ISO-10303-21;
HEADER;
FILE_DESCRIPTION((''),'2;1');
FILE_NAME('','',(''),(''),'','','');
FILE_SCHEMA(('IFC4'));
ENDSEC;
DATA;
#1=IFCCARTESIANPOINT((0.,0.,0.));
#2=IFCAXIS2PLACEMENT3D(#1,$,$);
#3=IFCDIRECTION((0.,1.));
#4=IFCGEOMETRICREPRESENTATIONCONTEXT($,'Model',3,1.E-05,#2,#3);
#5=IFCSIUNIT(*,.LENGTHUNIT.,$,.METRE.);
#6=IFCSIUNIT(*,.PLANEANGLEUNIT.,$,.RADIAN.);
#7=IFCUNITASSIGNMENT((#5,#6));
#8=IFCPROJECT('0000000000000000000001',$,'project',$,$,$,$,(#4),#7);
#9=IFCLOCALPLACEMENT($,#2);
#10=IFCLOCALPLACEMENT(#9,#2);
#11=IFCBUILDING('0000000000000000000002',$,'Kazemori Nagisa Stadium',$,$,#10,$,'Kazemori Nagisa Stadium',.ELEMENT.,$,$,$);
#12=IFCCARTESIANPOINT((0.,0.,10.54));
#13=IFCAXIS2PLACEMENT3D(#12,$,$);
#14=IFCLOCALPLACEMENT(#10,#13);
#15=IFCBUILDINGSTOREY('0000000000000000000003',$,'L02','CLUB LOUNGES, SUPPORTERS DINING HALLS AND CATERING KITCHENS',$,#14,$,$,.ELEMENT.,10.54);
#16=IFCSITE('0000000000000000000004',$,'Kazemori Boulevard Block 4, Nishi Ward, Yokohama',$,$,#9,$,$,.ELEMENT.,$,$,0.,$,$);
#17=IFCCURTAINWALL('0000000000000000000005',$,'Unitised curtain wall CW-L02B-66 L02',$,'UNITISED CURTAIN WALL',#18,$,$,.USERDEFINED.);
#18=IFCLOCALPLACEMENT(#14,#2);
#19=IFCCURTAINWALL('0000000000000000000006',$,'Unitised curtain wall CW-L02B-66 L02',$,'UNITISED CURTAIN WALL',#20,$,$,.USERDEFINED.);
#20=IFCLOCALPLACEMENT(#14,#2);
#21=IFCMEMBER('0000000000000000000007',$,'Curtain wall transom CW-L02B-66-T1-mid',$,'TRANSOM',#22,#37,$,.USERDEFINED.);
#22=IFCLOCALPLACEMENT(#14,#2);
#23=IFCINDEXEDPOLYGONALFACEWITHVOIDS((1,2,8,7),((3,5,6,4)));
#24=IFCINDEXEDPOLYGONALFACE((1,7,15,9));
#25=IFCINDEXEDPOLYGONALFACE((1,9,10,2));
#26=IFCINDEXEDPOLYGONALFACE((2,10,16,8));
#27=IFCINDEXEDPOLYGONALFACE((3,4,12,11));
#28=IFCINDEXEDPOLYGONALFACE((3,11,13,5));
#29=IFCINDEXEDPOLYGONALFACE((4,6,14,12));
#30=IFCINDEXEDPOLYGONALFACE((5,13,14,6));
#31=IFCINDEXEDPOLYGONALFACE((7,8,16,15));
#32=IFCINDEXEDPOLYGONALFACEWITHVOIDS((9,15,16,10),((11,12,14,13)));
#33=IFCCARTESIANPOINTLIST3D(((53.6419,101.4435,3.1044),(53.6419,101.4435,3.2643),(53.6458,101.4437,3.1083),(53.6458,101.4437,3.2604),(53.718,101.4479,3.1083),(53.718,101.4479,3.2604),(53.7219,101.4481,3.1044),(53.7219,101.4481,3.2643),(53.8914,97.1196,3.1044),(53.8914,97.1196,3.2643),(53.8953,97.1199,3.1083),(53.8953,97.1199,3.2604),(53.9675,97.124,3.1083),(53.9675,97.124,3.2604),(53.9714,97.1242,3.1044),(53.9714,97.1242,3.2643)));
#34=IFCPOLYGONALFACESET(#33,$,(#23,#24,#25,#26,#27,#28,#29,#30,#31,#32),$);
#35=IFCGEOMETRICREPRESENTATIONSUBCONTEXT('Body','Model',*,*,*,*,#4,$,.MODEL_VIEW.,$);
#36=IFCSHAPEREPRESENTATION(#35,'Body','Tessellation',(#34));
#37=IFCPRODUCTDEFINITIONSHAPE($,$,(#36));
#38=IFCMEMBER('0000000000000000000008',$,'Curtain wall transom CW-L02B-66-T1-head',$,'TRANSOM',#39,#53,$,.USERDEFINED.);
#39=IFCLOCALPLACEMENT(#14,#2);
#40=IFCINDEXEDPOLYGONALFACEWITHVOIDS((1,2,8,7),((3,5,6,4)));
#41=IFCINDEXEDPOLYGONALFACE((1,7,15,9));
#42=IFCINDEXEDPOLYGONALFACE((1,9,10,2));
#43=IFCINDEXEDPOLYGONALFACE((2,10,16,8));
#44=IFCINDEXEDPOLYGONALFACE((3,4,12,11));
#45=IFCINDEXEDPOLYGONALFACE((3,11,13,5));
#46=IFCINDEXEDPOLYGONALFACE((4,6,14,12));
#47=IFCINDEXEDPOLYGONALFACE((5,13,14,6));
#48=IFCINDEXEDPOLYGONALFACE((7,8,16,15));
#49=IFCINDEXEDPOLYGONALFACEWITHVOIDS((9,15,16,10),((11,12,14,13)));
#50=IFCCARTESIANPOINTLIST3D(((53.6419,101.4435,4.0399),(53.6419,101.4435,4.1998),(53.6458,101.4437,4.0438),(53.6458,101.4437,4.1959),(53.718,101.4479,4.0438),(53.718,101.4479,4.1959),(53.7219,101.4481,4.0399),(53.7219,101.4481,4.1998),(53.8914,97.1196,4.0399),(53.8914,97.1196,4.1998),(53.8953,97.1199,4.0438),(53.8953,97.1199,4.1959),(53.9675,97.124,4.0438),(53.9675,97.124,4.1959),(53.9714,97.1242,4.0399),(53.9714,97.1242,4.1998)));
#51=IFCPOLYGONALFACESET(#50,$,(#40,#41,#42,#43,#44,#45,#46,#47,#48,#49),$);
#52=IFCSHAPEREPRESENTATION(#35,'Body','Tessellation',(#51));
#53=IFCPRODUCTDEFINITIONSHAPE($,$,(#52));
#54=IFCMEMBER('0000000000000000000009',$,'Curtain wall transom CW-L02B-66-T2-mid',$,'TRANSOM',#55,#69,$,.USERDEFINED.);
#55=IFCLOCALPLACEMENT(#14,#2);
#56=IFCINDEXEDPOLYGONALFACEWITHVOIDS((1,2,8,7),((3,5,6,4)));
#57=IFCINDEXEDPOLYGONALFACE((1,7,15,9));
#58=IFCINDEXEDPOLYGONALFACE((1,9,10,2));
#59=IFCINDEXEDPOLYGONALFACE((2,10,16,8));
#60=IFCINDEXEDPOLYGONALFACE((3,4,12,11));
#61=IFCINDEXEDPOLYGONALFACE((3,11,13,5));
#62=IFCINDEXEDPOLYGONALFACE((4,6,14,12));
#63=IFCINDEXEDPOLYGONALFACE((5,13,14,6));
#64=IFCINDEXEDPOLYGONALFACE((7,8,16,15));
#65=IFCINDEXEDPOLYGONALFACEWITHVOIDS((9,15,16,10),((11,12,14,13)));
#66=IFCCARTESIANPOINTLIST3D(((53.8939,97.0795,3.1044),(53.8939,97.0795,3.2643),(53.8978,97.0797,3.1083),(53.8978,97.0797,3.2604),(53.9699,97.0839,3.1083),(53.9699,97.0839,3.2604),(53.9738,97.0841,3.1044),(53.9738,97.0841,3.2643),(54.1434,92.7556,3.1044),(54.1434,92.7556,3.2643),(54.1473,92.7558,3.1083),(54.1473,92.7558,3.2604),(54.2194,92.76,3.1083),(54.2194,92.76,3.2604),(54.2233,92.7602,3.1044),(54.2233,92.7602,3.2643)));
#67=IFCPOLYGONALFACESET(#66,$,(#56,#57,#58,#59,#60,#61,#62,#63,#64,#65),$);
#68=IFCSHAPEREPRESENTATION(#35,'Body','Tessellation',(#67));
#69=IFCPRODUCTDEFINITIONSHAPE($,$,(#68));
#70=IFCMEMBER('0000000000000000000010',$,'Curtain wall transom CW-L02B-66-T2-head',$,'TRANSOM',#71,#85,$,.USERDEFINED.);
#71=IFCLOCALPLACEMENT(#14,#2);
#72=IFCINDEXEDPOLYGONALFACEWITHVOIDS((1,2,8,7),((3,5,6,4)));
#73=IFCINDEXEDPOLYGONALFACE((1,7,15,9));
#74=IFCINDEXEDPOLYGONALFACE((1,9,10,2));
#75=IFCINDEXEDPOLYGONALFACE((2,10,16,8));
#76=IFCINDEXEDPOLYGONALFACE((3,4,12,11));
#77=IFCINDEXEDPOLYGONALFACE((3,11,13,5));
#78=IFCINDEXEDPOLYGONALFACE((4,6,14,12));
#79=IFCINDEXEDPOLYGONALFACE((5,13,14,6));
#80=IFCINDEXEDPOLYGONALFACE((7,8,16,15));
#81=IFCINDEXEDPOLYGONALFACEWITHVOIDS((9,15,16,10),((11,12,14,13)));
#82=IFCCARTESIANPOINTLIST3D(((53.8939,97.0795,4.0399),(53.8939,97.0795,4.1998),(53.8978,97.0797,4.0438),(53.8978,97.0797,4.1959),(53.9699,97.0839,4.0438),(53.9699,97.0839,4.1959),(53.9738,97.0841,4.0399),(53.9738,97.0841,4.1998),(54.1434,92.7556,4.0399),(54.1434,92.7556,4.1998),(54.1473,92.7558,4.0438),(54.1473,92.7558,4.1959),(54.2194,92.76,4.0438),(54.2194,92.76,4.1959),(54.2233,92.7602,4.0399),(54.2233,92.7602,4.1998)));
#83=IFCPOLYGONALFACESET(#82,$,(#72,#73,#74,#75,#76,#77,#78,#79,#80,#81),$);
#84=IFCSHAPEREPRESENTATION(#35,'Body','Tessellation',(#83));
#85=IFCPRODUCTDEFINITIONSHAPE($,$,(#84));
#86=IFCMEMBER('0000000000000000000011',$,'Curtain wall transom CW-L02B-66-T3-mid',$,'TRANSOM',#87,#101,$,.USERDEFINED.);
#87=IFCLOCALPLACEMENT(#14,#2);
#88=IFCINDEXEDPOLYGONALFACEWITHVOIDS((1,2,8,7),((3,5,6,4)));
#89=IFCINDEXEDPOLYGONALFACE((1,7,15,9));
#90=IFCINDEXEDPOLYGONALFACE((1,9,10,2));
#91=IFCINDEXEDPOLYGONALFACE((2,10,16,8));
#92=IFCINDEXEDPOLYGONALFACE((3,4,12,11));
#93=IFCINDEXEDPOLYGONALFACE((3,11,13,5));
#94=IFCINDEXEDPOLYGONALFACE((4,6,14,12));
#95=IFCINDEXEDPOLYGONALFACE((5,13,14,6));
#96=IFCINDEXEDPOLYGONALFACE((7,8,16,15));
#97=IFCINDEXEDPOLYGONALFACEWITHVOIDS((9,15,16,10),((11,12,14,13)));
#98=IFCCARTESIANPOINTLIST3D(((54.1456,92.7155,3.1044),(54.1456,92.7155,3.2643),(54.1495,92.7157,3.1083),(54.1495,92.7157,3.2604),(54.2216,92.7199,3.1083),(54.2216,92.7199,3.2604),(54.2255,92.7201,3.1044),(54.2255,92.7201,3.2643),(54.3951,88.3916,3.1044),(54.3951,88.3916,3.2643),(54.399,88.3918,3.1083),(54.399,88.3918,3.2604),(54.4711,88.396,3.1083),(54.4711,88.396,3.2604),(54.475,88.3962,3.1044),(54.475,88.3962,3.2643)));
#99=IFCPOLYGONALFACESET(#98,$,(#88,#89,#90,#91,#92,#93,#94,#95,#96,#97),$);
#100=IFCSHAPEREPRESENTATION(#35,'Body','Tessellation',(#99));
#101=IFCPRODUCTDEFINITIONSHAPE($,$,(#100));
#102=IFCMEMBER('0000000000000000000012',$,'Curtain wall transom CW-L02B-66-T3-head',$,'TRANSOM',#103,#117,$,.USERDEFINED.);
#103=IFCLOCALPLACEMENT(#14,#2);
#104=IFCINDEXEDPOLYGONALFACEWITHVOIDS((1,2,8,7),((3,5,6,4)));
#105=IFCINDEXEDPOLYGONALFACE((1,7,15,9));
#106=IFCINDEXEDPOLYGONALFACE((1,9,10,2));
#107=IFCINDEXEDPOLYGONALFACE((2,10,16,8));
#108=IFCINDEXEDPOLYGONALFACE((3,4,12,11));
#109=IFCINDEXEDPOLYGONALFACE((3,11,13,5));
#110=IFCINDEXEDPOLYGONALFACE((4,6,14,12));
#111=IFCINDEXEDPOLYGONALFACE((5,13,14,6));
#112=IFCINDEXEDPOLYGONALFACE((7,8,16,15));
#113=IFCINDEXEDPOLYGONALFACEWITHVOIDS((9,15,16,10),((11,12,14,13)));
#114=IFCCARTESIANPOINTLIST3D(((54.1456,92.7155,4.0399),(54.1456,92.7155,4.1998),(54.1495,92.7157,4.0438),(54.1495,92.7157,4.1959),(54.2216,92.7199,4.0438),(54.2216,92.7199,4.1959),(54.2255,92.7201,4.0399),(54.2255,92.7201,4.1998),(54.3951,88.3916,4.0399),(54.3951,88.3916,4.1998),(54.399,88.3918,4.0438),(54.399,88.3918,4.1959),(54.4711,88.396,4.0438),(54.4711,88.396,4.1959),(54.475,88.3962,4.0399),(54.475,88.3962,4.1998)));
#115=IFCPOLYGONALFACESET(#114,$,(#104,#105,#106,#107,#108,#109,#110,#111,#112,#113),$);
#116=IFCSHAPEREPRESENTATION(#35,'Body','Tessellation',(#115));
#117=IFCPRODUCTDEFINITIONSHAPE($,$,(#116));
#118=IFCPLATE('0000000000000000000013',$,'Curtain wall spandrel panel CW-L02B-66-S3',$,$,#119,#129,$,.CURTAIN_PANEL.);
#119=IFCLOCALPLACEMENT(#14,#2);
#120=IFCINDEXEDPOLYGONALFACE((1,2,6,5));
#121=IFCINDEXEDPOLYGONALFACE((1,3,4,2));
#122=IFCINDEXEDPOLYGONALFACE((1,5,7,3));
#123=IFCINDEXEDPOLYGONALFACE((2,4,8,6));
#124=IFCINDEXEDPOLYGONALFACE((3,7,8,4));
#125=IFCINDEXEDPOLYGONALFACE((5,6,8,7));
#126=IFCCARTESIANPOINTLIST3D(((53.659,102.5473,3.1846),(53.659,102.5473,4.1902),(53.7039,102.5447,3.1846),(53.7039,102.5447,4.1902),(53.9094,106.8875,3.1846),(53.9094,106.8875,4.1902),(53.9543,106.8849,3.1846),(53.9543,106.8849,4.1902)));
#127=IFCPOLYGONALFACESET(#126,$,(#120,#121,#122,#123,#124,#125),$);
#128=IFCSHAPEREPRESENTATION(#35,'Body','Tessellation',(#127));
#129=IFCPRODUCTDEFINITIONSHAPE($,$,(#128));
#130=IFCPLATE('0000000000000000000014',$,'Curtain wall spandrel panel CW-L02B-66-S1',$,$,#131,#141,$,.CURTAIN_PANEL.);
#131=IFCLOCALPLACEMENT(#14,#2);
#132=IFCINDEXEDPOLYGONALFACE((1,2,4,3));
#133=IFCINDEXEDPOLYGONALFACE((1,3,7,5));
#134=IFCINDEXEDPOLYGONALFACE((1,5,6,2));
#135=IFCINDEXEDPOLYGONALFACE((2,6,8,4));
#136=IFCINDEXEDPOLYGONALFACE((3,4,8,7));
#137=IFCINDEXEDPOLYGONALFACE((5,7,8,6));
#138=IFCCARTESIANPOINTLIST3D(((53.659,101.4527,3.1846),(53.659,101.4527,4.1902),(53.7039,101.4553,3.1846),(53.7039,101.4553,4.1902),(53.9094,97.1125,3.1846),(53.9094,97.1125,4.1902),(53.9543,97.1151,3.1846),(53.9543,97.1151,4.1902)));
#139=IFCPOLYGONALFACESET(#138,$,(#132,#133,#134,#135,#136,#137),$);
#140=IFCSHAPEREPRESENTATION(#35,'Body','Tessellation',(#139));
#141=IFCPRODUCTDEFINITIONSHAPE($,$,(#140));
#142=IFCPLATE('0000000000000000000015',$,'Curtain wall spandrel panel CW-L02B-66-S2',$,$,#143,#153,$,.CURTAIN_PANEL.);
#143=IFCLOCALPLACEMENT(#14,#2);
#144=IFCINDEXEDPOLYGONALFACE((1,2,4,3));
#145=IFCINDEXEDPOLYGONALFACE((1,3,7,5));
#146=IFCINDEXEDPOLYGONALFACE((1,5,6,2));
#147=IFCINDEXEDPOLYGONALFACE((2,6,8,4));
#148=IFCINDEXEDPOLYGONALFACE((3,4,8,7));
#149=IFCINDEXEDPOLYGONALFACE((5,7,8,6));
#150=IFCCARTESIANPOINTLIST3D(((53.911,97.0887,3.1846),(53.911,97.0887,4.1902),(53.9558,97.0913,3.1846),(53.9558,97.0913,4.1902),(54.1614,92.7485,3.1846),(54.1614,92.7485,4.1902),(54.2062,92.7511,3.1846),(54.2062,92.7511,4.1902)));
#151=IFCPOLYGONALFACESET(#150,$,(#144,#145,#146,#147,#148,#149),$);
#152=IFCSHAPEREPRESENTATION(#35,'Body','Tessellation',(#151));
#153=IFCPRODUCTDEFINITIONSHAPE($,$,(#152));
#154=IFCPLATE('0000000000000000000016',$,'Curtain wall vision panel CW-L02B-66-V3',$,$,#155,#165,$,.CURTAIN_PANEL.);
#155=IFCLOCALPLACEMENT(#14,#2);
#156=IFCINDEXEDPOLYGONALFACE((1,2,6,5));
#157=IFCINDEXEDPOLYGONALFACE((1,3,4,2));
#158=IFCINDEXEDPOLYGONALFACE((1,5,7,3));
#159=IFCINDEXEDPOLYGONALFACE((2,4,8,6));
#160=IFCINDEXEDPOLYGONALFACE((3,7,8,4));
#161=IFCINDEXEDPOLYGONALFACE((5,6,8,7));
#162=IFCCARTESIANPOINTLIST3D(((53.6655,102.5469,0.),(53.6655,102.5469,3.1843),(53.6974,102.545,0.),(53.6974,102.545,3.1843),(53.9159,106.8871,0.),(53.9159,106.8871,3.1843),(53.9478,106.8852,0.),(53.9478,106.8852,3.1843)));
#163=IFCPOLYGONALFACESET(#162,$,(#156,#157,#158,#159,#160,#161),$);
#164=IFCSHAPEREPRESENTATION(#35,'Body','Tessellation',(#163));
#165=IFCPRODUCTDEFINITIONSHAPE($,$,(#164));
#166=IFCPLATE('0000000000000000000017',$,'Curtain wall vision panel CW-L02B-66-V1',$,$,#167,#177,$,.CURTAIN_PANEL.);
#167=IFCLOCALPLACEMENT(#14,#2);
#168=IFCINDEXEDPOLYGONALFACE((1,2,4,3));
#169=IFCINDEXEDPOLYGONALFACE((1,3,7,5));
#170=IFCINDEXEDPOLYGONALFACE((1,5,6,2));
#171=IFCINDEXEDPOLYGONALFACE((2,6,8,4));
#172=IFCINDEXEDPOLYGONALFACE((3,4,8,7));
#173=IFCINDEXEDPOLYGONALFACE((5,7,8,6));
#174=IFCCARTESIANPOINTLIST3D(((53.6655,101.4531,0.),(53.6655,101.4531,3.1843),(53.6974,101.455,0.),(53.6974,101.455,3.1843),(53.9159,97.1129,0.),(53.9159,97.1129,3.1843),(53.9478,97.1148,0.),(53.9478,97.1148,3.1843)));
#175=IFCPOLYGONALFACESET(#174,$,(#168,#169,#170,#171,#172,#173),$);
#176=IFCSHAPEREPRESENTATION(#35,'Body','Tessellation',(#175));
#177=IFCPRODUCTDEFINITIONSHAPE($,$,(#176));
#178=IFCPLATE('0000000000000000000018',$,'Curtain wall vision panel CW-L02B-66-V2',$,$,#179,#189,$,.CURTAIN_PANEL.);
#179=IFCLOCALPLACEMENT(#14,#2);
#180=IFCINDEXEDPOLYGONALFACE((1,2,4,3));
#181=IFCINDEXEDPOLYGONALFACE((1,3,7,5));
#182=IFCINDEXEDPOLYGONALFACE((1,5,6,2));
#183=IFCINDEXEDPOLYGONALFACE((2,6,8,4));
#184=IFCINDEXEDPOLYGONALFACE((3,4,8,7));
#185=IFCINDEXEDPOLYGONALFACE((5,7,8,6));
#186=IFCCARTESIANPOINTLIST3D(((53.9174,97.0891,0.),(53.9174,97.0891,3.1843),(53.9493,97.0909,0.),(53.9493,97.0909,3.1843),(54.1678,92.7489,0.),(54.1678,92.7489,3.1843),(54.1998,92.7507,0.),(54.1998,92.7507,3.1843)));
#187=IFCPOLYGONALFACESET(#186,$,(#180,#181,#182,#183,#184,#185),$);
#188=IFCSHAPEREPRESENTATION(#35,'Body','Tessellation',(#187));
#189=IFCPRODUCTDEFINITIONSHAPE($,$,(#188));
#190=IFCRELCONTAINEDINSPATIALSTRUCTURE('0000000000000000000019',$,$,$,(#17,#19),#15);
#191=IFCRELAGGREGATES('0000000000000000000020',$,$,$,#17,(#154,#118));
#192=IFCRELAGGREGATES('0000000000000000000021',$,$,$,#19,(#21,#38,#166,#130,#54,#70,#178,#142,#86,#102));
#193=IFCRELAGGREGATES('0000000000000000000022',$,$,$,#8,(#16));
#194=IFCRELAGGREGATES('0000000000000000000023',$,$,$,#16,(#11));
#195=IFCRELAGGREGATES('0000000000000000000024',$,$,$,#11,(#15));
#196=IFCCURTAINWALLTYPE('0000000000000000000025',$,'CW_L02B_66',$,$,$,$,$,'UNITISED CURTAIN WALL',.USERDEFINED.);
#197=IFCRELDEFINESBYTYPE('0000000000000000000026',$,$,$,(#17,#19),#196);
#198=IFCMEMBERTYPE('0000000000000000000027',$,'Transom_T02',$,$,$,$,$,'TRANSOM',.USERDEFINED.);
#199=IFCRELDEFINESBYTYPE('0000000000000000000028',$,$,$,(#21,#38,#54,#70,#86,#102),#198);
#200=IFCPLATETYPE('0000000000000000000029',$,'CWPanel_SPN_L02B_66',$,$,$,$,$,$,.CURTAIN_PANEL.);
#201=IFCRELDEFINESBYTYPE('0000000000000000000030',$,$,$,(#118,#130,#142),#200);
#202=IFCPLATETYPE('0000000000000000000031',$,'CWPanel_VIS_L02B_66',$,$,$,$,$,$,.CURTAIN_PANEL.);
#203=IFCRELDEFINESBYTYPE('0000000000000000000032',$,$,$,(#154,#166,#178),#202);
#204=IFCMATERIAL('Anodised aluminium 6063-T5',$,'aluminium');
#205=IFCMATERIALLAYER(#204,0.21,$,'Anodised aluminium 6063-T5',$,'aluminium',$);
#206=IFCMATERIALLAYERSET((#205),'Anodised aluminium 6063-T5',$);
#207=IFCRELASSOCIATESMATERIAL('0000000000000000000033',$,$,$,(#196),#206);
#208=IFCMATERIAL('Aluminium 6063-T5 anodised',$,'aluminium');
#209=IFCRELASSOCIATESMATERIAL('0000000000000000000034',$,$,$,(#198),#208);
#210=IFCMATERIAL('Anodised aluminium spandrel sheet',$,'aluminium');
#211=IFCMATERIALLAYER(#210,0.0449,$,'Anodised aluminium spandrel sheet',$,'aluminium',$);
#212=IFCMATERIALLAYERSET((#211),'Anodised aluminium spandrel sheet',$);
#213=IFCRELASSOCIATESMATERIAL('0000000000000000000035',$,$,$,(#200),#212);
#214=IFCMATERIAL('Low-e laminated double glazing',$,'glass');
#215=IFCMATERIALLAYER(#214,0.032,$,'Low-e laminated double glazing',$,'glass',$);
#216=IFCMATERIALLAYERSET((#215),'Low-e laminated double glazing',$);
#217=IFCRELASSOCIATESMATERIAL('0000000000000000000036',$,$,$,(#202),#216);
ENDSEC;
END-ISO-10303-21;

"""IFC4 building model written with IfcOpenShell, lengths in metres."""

from ifc_helpers import new_model, si_unit, direction, frame, origin, origin_2d, place, context, subcontext, project, spatial, rectangle, hollow_rectangle, extrude, material, layer, layer_set, material_profile, profile_set, type_object, element, aggregate, save


model = new_model("IFC4")

# Units and contexts
model_context = context("Model", 3, precision=1e-05, world=origin(), true_north=direction((0.0, 1.0)))
body_context = subcontext(model_context, "Body", "Model", "MODEL_VIEW")
ifc_project = project(units=[si_unit("LENGTHUNIT", "METRE"), si_unit("PLANEANGLEUNIT", "RADIAN")], contexts=[model_context])

# Site, building, storey
site_placement = place(None, origin())
site = spatial("IfcSite", under=ifc_project, at=site_placement, Name="Kazemori Boulevard Block 4, Nishi Ward, Yokohama", CompositionType="ELEMENT", RefElevation=0.0)
building_placement = place(site_placement, origin())
building = spatial("IfcBuilding", under=site, at=building_placement, Name="Kazemori Nagisa Stadium", LongName="Kazemori Nagisa Stadium", CompositionType="ELEMENT")
storey_placement = place(building_placement, frame((0.0, 0.0, 10.54)))
storey = spatial("IfcBuildingStorey", under=building, at=storey_placement, Name="L02", Description="CLUB LOUNGES, SUPPORTERS DINING HALLS AND CATERING KITCHENS", CompositionType="ELEMENT", Elevation=10.54)

# Curtain wall
ifc_material_1 = material(Name="Anodised aluminium 6063-T5", Category="aluminium")
ifc_layer_1 = layer(ifc_material_1, 0.21, Name="Anodised aluminium 6063-T5", Category="aluminium")
ifc_layer_set_1 = layer_set([ifc_layer_1], Name="Anodised aluminium 6063-T5")
curtain_wall_type = type_object("IfcCurtainWallType", Name="CW_L02B_66", ElementType="UNITISED CURTAIN WALL", PredefinedType="USERDEFINED", material=ifc_layer_set_1)
curtain_wall_1_placement = place(storey_placement, origin())
curtain_wall_1 = element("IfcCurtainWall", 1, at=curtain_wall_1_placement, inside=storey, type_object=curtain_wall_type, Name="Unitised curtain wall CW-L02B-66 L02", ObjectType="UNITISED CURTAIN WALL", PredefinedType="USERDEFINED")
ifc_material_2 = material(Name="Aluminium 6063-T5 anodised", Category="aluminium")

# Curtain wall
curtain_wall_2_placement = place(storey_placement, origin())
curtain_wall_2 = element("IfcCurtainWall", 2, at=curtain_wall_2_placement, inside=storey, type_object=curtain_wall_type, Name="Unitised curtain wall CW-L02B-66 L02", ObjectType="UNITISED CURTAIN WALL", PredefinedType="USERDEFINED")

# Members
ifc_material_profile_1 = material_profile(ifc_material_2, hollow_rectangle(XDim=0.0801, YDim=0.1599, WallThickness=0.0039, at=origin_2d()), Name="ALU-TRAN-80x160x4")
ifc_profile_set_1 = profile_set([ifc_material_profile_1], Name="Aluminium 6063-T5 anodised")
member_type_1 = type_object("IfcMemberType", Name="Transom_T02", ElementType="TRANSOM", PredefinedType="USERDEFINED", material=ifc_profile_set_1)
member_1_placement = place(storey_placement, frame((53.6819, 101.4458, 3.1843), z_axis=(0.057608, -0.998339, 0.0), x_axis=(0.998339, 0.057608, 0.0)))
member_1 = element("IfcMember", 3, at=member_1_placement, type_object=member_type_1, Name="Curtain wall transom CW-L02B-66-T1-mid", ObjectType="TRANSOM", PredefinedType="USERDEFINED", context=body_context, shape_type="SweptSolid", body=[
    extrude(hollow_rectangle(XDim=0.0801, YDim=0.1599, WallThickness=0.0039, at=origin_2d()), origin(), (0.0, 0.0, 1.0), 4.3311),
])
member_2_placement = place(storey_placement, frame((53.6819, 101.4458, 4.1199), z_axis=(0.057608, -0.998339, 0.0), x_axis=(0.998339, 0.057608, 0.0)))
member_2 = element("IfcMember", 4, at=member_2_placement, type_object=member_type_1, Name="Curtain wall transom CW-L02B-66-T1-head", ObjectType="TRANSOM", PredefinedType="USERDEFINED", context=body_context, shape_type="SweptSolid", body=[
    extrude(hollow_rectangle(XDim=0.0801, YDim=0.1599, WallThickness=0.0039, at=origin_2d()), origin(), (0.0, 0.0, 1.0), 4.3311),
])
member_3_placement = place(storey_placement, frame((53.9338, 97.0818, 3.1843), z_axis=(0.057608, -0.998339, 0.0), x_axis=(0.998339, 0.057608, 0.0)))
member_3 = element("IfcMember", 5, at=member_3_placement, type_object=member_type_1, Name="Curtain wall transom CW-L02B-66-T2-mid", ObjectType="TRANSOM", PredefinedType="USERDEFINED", context=body_context, shape_type="SweptSolid", body=[
    extrude(hollow_rectangle(XDim=0.0801, YDim=0.1599, WallThickness=0.0039, at=origin_2d()), origin(), (0.0, 0.0, 1.0), 4.3311),
])
member_4_placement = place(storey_placement, frame((53.9338, 97.0818, 4.1199), z_axis=(0.057608, -0.998339, 0.0), x_axis=(0.998339, 0.057608, 0.0)))
member_4 = element("IfcMember", 6, at=member_4_placement, type_object=member_type_1, Name="Curtain wall transom CW-L02B-66-T2-head", ObjectType="TRANSOM", PredefinedType="USERDEFINED", context=body_context, shape_type="SweptSolid", body=[
    extrude(hollow_rectangle(XDim=0.0801, YDim=0.1599, WallThickness=0.0039, at=origin_2d()), origin(), (0.0, 0.0, 1.0), 4.3311),
])
member_5_placement = place(storey_placement, frame((54.1855, 92.7178, 3.1843), z_axis=(0.057608, -0.998339, 0.0), x_axis=(0.998339, 0.057608, 0.0)))
member_5 = element("IfcMember", 7, at=member_5_placement, type_object=member_type_1, Name="Curtain wall transom CW-L02B-66-T3-mid", ObjectType="TRANSOM", PredefinedType="USERDEFINED", context=body_context, shape_type="SweptSolid", body=[
    extrude(hollow_rectangle(XDim=0.0801, YDim=0.1599, WallThickness=0.0039, at=origin_2d()), origin(), (0.0, 0.0, 1.0), 4.3311),
])
member_6_placement = place(storey_placement, frame((54.1855, 92.7178, 4.1199), z_axis=(0.057608, -0.998339, 0.0), x_axis=(0.998339, 0.057608, 0.0)))
member_6 = element("IfcMember", 8, at=member_6_placement, type_object=member_type_1, Name="Curtain wall transom CW-L02B-66-T3-head", ObjectType="TRANSOM", PredefinedType="USERDEFINED", context=body_context, shape_type="SweptSolid", body=[
    extrude(hollow_rectangle(XDim=0.0801, YDim=0.1599, WallThickness=0.0039, at=origin_2d()), origin(), (0.0, 0.0, 1.0), 4.3311),
])

# Plates
ifc_material_3 = material(Name="Anodised aluminium spandrel sheet", Category="aluminium")
ifc_layer_2 = layer(ifc_material_3, 0.0449, Name="Anodised aluminium spandrel sheet", Category="aluminium")
ifc_layer_set_2 = layer_set([ifc_layer_2], Name="Anodised aluminium spandrel sheet")
plate_type_1 = type_object("IfcPlateType", Name="CWPanel_SPN_L02B_66", PredefinedType="CURTAIN_PANEL", material=ifc_layer_set_2)
plate_1_placement = place(storey_placement, frame((53.8066, 104.7161, 3.1846), z_axis=(0.0, 0.0, 1.0), x_axis=(-0.057602, -0.99834, 0.0)))
plate_1 = element("IfcPlate", 9, at=plate_1_placement, type_object=plate_type_1, Name="Curtain wall spandrel panel CW-L02B-66-S3", PredefinedType="CURTAIN_PANEL", context=body_context, shape_type="SweptSolid", body=[
    extrude(rectangle(XDim=4.3474, YDim=0.0449, at=origin_2d()), origin(), (0.0, 0.0, 1.0), 1.0056),
])
plate_2_placement = place(storey_placement, frame((53.8066, 99.2839, 3.1846), z_axis=(0.0, 0.0, 1.0), x_axis=(0.057602, -0.99834, 0.0)))
plate_2 = element("IfcPlate", 10, at=plate_2_placement, type_object=plate_type_1, Name="Curtain wall spandrel panel CW-L02B-66-S1", PredefinedType="CURTAIN_PANEL", context=body_context, shape_type="SweptSolid", body=[
    extrude(rectangle(XDim=4.3474, YDim=0.0449, at=origin_2d()), origin(), (0.0, 0.0, 1.0), 1.0056),
])
plate_3_placement = place(storey_placement, frame((54.0586, 94.9199, 3.1846), z_axis=(0.0, 0.0, 1.0), x_axis=(0.057602, -0.99834, 0.0)))
plate_3 = element("IfcPlate", 11, at=plate_3_placement, type_object=plate_type_1, Name="Curtain wall spandrel panel CW-L02B-66-S2", PredefinedType="CURTAIN_PANEL", context=body_context, shape_type="SweptSolid", body=[
    extrude(rectangle(XDim=4.3474, YDim=0.0449, at=origin_2d()), origin(), (0.0, 0.0, 1.0), 1.0056),
])
ifc_material_4 = material(Name="Low-e laminated double glazing", Category="glass")
ifc_layer_3 = layer(ifc_material_4, 0.032, Name="Low-e laminated double glazing", Category="glass")
ifc_layer_set_3 = layer_set([ifc_layer_3], Name="Low-e laminated double glazing")
plate_type_2 = type_object("IfcPlateType", Name="CWPanel_VIS_L02B_66", PredefinedType="CURTAIN_PANEL", material=ifc_layer_set_3)
plate_4_placement = place(storey_placement, frame((53.8066, 104.7161, 0.0), z_axis=(0.0, 0.0, 1.0), x_axis=(-0.057602, -0.99834, 0.0)))
plate_4 = element("IfcPlate", 12, at=plate_4_placement, type_object=plate_type_2, Name="Curtain wall vision panel CW-L02B-66-V3", PredefinedType="CURTAIN_PANEL", context=body_context, shape_type="SweptSolid", body=[
    extrude(rectangle(XDim=4.3474, YDim=0.032, at=origin_2d()), origin(), (0.0, 0.0, 1.0), 3.1843),
])
aggregate(curtain_wall_1, [plate_4, plate_1])
plate_5_placement = place(storey_placement, frame((53.8066, 99.2839, 0.0), z_axis=(0.0, 0.0, 1.0), x_axis=(0.057602, -0.99834, 0.0)))
plate_5 = element("IfcPlate", 13, at=plate_5_placement, type_object=plate_type_2, Name="Curtain wall vision panel CW-L02B-66-V1", PredefinedType="CURTAIN_PANEL", context=body_context, shape_type="SweptSolid", body=[
    extrude(rectangle(XDim=4.3474, YDim=0.032, at=origin_2d()), origin(), (0.0, 0.0, 1.0), 3.1843),
])
plate_6_placement = place(storey_placement, frame((54.0586, 94.9199, 0.0), z_axis=(0.0, 0.0, 1.0), x_axis=(0.057602, -0.99834, 0.0)))
plate_6 = element("IfcPlate", 14, at=plate_6_placement, type_object=plate_type_2, Name="Curtain wall vision panel CW-L02B-66-V2", PredefinedType="CURTAIN_PANEL", context=body_context, shape_type="SweptSolid", body=[
    extrude(rectangle(XDim=4.3474, YDim=0.032, at=origin_2d()), origin(), (0.0, 0.0, 1.0), 3.1843),
])
aggregate(curtain_wall_2, [member_1, member_2, plate_5, plate_2, member_3, member_4, plate_6, plate_3, member_5, member_6])

save(model, "model.ifc")
